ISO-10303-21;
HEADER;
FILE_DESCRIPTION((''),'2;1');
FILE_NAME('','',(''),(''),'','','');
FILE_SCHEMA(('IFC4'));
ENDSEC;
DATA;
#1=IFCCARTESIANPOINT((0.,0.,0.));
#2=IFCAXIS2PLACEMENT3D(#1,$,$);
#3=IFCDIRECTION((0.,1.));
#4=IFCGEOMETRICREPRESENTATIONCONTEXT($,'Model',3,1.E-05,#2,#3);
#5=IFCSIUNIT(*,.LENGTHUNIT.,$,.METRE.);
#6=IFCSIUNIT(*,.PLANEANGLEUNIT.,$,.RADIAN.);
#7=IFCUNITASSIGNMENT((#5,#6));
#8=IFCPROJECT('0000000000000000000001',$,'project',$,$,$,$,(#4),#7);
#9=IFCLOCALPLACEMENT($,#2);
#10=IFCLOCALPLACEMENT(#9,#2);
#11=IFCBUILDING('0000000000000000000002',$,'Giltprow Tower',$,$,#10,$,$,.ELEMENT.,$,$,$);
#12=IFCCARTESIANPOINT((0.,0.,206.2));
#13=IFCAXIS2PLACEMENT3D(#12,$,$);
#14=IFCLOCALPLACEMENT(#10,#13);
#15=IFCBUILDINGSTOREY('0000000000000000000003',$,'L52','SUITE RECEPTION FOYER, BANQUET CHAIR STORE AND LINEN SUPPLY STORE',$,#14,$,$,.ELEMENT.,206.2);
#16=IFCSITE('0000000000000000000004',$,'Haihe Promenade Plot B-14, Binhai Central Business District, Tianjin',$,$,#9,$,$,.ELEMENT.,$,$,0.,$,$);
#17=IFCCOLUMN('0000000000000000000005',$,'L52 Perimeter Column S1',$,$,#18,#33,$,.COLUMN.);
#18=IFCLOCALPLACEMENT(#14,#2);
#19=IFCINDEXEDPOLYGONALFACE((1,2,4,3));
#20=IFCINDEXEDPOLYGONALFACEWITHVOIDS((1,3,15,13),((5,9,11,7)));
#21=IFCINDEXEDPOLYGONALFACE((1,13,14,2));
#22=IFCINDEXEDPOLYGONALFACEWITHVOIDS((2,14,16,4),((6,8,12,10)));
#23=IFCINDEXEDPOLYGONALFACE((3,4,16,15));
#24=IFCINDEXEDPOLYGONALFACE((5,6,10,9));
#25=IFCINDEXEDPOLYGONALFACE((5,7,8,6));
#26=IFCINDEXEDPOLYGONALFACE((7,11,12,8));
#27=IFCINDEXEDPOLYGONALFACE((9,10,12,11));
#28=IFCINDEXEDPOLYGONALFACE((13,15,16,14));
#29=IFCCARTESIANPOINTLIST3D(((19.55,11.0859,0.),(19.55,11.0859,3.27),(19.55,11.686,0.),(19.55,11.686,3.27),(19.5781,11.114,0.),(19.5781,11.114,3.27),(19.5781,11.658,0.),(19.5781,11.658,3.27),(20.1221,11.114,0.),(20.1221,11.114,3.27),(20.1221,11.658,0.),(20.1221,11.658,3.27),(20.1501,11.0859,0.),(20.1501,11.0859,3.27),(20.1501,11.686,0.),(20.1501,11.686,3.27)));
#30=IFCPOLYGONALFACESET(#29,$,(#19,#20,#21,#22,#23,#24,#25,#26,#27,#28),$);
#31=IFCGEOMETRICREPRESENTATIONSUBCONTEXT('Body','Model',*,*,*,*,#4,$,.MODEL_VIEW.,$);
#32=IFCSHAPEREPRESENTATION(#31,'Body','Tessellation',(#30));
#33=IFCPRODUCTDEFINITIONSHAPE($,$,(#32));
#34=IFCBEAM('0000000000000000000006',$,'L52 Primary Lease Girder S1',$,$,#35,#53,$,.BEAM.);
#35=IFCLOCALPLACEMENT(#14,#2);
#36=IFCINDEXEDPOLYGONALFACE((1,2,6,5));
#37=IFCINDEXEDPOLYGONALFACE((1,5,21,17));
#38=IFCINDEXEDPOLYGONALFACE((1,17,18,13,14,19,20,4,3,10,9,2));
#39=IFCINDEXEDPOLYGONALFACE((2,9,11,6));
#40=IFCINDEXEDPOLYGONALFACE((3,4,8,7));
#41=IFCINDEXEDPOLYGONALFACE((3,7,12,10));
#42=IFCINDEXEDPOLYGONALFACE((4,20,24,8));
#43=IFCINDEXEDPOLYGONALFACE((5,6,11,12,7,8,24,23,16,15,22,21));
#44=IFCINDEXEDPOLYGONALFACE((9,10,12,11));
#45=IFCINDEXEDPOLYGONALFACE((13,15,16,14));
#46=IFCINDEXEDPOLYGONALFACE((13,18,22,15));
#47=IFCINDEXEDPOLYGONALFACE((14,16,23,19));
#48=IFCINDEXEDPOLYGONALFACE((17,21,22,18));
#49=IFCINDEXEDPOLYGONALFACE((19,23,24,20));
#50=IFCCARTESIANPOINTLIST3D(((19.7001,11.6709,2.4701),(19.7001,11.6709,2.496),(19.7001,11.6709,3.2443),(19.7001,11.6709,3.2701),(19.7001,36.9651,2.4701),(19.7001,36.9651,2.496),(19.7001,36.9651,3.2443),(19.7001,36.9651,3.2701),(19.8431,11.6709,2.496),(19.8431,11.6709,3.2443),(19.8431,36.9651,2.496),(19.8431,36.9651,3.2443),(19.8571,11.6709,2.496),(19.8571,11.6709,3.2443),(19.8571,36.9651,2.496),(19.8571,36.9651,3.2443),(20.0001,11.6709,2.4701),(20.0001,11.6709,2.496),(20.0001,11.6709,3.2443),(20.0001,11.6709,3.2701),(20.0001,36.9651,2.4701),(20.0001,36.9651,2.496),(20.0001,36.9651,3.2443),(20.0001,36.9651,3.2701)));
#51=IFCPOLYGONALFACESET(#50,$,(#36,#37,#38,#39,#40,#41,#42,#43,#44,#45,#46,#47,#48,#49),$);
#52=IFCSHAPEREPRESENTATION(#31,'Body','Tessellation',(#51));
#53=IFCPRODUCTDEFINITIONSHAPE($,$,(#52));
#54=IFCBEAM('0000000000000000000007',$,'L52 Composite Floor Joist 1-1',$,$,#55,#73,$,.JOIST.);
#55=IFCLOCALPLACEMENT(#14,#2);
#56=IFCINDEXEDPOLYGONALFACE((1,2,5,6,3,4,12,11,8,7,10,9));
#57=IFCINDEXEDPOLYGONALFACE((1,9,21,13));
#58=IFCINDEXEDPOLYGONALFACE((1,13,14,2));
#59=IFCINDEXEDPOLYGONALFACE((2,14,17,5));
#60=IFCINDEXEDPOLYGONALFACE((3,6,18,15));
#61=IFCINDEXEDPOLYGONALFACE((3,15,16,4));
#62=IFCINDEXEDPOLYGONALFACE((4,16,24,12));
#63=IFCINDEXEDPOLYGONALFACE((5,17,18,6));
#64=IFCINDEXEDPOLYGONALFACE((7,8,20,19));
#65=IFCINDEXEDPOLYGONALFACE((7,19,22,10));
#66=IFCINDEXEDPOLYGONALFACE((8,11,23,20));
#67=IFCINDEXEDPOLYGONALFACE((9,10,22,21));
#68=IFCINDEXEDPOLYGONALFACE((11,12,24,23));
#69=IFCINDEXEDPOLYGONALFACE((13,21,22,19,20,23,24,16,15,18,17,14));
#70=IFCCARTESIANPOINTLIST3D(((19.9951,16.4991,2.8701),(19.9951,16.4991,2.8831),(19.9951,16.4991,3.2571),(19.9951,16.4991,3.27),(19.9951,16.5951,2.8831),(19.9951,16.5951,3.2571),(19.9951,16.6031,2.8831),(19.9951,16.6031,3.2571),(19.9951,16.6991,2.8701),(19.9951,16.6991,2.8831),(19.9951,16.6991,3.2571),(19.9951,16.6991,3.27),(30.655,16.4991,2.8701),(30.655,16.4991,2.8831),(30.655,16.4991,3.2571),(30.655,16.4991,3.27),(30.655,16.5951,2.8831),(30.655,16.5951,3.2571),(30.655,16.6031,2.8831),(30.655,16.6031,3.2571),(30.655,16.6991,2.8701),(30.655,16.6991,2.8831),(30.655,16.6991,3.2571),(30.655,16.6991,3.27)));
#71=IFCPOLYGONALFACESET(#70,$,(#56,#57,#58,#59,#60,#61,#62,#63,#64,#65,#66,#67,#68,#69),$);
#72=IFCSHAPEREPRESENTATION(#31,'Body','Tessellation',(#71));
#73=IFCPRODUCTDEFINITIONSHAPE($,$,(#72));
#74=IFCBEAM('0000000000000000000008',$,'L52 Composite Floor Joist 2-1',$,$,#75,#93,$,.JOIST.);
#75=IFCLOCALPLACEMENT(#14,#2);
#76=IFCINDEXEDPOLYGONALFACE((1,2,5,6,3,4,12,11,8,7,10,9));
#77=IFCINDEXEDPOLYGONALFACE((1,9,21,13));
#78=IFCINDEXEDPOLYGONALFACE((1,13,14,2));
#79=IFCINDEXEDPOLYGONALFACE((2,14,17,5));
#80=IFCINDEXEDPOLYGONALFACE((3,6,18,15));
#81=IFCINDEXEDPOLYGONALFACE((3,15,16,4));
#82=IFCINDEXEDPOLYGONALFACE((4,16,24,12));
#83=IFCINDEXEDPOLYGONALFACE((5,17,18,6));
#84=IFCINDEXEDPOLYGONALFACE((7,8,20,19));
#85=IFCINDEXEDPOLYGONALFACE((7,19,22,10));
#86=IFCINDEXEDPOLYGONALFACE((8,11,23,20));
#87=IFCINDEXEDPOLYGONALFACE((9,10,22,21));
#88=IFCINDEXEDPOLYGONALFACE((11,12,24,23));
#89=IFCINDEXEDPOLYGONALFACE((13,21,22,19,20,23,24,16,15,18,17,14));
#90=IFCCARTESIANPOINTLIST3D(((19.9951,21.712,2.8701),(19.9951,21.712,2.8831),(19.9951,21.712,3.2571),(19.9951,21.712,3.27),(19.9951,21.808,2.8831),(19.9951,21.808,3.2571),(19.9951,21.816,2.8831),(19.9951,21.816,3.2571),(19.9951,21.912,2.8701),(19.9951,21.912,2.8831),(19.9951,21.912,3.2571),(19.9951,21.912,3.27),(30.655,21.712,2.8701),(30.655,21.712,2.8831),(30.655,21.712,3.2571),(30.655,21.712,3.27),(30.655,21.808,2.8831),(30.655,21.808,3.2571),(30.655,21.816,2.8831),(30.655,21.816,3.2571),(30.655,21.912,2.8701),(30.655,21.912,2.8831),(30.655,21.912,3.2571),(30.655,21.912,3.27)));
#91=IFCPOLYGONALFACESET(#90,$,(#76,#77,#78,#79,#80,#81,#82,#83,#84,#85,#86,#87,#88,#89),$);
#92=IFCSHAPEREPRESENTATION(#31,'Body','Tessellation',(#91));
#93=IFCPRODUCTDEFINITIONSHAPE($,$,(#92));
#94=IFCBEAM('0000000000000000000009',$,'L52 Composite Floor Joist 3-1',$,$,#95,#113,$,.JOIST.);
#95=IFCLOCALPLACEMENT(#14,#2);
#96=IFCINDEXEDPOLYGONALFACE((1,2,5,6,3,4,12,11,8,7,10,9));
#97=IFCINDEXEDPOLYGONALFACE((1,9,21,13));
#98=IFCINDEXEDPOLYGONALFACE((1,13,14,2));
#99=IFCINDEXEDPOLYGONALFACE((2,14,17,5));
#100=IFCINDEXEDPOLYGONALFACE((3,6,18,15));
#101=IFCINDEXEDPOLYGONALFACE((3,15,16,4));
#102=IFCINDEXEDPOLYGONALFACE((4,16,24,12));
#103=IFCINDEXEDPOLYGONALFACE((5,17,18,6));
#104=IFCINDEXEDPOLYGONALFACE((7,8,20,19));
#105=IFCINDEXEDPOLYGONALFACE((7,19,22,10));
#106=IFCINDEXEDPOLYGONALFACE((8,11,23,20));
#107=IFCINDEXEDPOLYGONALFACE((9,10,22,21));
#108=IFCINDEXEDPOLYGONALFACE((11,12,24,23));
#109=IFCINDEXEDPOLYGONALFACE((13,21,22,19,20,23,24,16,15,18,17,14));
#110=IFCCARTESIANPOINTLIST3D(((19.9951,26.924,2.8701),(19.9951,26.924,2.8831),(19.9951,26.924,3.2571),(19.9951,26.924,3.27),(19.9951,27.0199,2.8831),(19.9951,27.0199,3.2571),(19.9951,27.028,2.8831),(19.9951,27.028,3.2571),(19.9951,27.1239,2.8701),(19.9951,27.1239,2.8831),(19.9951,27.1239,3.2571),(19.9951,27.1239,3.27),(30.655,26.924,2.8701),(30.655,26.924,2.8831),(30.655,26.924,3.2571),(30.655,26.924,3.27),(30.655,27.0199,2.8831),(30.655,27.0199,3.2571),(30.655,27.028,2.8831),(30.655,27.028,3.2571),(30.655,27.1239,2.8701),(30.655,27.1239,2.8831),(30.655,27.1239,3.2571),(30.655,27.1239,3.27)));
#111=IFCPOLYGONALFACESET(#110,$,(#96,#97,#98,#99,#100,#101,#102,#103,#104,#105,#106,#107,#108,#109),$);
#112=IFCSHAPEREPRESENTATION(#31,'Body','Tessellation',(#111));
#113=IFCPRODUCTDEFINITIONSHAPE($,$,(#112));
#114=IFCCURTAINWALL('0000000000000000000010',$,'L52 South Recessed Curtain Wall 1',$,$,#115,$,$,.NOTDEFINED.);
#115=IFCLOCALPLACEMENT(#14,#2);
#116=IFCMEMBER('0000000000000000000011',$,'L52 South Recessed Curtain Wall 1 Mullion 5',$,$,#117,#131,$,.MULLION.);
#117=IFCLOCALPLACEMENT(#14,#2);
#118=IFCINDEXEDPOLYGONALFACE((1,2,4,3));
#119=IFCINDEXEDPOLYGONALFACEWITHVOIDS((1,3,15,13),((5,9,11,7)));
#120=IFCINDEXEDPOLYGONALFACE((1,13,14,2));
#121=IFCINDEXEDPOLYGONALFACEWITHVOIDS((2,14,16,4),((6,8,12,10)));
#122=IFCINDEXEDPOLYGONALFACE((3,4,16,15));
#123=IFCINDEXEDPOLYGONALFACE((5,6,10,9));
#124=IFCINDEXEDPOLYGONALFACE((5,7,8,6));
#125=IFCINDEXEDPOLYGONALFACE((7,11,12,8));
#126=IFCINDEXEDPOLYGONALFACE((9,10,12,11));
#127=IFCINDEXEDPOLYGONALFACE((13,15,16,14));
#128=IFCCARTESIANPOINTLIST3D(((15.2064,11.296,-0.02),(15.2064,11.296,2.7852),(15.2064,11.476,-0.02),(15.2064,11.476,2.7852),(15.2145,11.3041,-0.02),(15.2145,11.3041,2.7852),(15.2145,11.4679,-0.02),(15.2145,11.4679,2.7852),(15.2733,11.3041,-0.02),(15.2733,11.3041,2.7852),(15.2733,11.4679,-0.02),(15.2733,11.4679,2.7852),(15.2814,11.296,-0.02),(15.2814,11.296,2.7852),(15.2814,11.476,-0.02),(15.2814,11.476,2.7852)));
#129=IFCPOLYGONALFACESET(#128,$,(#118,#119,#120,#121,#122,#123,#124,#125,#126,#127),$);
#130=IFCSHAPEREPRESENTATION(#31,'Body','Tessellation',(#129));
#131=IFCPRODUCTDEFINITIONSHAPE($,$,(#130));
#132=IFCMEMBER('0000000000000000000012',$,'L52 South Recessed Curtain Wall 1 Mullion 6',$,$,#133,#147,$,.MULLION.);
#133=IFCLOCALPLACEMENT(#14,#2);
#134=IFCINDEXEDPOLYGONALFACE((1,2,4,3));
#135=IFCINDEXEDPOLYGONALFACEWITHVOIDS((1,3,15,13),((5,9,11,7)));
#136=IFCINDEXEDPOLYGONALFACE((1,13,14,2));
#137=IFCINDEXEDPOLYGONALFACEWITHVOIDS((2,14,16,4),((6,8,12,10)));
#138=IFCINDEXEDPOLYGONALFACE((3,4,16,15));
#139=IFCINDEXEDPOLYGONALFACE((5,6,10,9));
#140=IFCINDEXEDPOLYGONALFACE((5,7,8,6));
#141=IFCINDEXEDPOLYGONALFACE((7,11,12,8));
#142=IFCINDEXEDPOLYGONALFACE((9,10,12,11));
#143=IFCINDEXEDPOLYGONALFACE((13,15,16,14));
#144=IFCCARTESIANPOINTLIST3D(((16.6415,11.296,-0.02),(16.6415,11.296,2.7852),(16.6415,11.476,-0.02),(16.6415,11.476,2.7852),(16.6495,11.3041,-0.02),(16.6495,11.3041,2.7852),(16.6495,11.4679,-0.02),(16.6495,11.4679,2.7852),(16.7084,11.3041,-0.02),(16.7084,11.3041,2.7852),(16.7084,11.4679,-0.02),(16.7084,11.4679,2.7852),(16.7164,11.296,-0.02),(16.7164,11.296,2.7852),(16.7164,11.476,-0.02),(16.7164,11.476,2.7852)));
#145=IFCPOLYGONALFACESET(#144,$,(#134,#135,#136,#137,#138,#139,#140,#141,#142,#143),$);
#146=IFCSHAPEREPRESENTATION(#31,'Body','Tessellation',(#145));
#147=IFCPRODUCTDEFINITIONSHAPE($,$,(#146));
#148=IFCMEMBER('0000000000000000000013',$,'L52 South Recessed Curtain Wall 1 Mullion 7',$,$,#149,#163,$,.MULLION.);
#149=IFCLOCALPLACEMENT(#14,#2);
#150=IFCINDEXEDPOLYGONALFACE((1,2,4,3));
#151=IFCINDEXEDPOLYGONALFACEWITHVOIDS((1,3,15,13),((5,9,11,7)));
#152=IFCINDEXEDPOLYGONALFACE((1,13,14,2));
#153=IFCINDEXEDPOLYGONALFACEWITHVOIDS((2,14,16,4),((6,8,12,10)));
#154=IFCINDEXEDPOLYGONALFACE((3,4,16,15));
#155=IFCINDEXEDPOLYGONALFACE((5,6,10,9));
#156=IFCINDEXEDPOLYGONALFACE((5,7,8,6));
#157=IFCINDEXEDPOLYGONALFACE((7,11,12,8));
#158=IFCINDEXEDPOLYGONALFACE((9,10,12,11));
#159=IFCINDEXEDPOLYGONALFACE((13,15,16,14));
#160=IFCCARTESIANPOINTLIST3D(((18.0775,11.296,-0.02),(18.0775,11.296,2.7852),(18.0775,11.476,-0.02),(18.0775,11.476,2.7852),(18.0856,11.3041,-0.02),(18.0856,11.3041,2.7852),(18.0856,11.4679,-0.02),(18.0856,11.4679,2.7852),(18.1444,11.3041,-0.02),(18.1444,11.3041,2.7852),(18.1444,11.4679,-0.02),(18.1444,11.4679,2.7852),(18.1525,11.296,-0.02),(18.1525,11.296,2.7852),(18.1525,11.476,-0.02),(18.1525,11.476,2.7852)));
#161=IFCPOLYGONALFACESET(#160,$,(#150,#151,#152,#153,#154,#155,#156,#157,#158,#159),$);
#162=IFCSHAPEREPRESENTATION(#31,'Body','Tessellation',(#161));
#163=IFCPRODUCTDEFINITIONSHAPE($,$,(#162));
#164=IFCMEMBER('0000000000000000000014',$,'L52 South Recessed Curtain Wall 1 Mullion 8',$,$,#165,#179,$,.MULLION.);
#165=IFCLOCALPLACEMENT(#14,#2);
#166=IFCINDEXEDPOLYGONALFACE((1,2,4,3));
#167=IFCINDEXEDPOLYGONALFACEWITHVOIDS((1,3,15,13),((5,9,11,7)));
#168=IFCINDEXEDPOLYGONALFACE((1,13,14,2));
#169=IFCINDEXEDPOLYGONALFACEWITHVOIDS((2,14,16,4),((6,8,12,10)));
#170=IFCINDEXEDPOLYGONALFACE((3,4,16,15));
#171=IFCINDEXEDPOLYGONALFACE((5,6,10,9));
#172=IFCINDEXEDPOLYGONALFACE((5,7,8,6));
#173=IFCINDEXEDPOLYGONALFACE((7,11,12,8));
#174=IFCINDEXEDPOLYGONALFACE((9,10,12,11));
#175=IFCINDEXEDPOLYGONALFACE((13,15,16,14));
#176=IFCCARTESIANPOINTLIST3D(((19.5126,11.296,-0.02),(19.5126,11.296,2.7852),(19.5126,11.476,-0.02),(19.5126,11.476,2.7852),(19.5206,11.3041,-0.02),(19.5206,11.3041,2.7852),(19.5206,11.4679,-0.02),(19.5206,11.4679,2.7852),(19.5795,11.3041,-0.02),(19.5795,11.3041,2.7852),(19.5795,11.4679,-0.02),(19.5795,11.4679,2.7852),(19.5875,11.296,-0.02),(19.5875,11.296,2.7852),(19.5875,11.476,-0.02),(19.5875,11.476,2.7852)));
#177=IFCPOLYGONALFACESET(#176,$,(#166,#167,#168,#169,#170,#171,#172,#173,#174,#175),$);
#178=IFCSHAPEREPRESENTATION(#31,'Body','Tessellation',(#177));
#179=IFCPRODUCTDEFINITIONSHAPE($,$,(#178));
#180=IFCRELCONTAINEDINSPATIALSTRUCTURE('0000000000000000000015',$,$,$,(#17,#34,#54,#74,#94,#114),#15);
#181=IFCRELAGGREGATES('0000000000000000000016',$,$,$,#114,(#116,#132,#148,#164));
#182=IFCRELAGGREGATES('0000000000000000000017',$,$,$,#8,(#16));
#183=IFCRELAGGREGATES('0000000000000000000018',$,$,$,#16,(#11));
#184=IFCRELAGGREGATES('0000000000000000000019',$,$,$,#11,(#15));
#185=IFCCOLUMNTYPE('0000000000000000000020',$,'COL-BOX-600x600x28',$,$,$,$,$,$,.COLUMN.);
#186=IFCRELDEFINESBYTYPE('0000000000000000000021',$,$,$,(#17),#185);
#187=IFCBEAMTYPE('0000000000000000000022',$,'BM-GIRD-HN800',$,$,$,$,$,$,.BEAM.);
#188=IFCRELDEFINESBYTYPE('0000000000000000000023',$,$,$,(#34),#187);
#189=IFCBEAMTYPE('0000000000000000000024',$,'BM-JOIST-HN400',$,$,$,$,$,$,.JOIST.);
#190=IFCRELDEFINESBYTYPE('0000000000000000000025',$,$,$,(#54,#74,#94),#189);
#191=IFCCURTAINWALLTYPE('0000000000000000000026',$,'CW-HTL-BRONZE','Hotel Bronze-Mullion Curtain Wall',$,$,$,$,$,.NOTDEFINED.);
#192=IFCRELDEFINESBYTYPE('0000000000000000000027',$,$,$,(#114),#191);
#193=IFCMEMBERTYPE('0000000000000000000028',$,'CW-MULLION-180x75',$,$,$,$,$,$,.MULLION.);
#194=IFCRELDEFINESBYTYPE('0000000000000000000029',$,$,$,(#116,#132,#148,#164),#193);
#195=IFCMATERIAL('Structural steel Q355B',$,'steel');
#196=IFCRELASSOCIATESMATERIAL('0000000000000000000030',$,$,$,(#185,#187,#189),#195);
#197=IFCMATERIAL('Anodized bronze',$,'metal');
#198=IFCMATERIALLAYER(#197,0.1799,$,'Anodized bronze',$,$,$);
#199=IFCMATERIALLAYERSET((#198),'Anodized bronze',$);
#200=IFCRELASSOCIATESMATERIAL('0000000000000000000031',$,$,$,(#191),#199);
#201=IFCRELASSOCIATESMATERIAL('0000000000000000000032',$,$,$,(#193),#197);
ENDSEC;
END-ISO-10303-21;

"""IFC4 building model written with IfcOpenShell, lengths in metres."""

from ifc_helpers import new_model, si_unit, direction, frame, origin, origin_2d, place, context, subcontext, project, spatial, hollow_rectangle, i_section, extrude, source, transform, mapped, material, layer, layer_set, material_profile, profile_set, type_object, element, aggregate, save


model = new_model("IFC4")

# Units and contexts
model_context = context("Model", 3, precision=1e-05, world=origin(), true_north=direction((0.0, 1.0)))
body_context = subcontext(model_context, "Body", "Model", "MODEL_VIEW")
ifc_project = project(units=[si_unit("LENGTHUNIT", "METRE"), si_unit("PLANEANGLEUNIT", "RADIAN")], contexts=[model_context])

# Site, building, storey
site_placement = place(None, origin())
site = spatial("IfcSite", under=ifc_project, at=site_placement, Name="Haihe Promenade Plot B-14, Binhai Central Business District, Tianjin", CompositionType="ELEMENT", RefElevation=0.0)
building_placement = place(site_placement, origin())
building = spatial("IfcBuilding", under=site, at=building_placement, Name="Giltprow Tower", CompositionType="ELEMENT")
storey_placement = place(building_placement, frame((0.0, 0.0, 206.2)))
storey = spatial("IfcBuildingStorey", under=building, at=storey_placement, Name="L52", Description="SUITE RECEPTION FOYER, BANQUET CHAIR STORE AND LINEN SUPPLY STORE", CompositionType="ELEMENT", Elevation=206.2)

# Column
ifc_material_1 = material(Name="Structural steel Q355B", Category="steel")
ifc_material_profile_1 = material_profile(ifc_material_1, hollow_rectangle(XDim=0.6001, YDim=0.6001, WallThickness=0.0281, at=origin_2d()), Name="BOX 600x600x28")
ifc_profile_set_1 = profile_set([ifc_material_profile_1], Name="Structural steel Q355B")
column_type = type_object("IfcColumnType", Name="COL-BOX-600x600x28", PredefinedType="COLUMN", material=ifc_profile_set_1)
shared_shape_1 = source(origin(), body_context, "Body", "SweptSolid", [
    extrude(hollow_rectangle(XDim=0.6001, YDim=0.6001, WallThickness=0.0281, at=origin_2d()), origin(), (0.0, 0.0, 1.0), 3.27),
])
column_placement = place(storey_placement, frame((19.8501, 11.386, 0.0), z_axis=(0.0, 0.0, 1.0), x_axis=(1.0, 0.0, 0.0)))
element("IfcColumn", 1, at=column_placement, inside=storey, type_object=column_type, Name="L52 Perimeter Column S1", PredefinedType="COLUMN", context=body_context, shape_type="MappedRepresentation", body=[
    mapped(shared_shape_1, transform((0.0, 0.0, 0.0), x_axis=(1.0, 0.0, 0.0), y_axis=(0.0, 1.0, 0.0), z_axis=(0.0, 0.0, 1.0), scale=1.0)),
])

# Beams
ifc_material_profile_2 = material_profile(ifc_material_1, i_section(OverallWidth=0.3, OverallDepth=0.8, WebThickness=0.0139, FlangeThickness=0.0259, at=origin_2d()), Name="HN 800x300x14x26")
ifc_profile_set_2 = profile_set([ifc_material_profile_2], Name="Structural steel Q355B")
beam_type_1 = type_object("IfcBeamType", Name="BM-GIRD-HN800", PredefinedType="BEAM", material=ifc_profile_set_2)
shared_shape_2 = source(origin(), body_context, "Body", "SweptSolid", [
    extrude(i_section(OverallWidth=0.3, OverallDepth=0.8, WebThickness=0.0139, FlangeThickness=0.0259, at=origin_2d()), origin(), (0.0, 0.0, 1.0), 25.2942),
])
beam_placement = place(storey_placement, frame((19.8501, 11.6709, 2.8701), z_axis=(0.0, 1.0, 0.0), x_axis=(-1.0, 0.0, 0.0)))
element("IfcBeam", 2, at=beam_placement, inside=storey, type_object=beam_type_1, Name="L52 Primary Lease Girder S1", PredefinedType="BEAM", context=body_context, shape_type="MappedRepresentation", body=[
    mapped(shared_shape_2, transform((0.0, 0.0, 0.0), x_axis=(1.0, 0.0, 0.0), y_axis=(0.0, 1.0, 0.0), z_axis=(0.0, 0.0, 1.0), scale=1.0)),
])
ifc_material_profile_3 = material_profile(ifc_material_1, i_section(OverallWidth=0.2, OverallDepth=0.3999, WebThickness=0.0081, FlangeThickness=0.0129, at=origin_2d()), Name="HN 400x200x8x13")
ifc_profile_set_3 = profile_set([ifc_material_profile_3], Name="Structural steel Q355B")
beam_type_2 = type_object("IfcBeamType", Name="BM-JOIST-HN400", PredefinedType="JOIST", material=ifc_profile_set_3)
shared_shape_3 = source(origin(), body_context, "Body", "SweptSolid", [
    extrude(i_section(OverallWidth=0.2, OverallDepth=0.3999, WebThickness=0.0081, FlangeThickness=0.0129, at=origin_2d()), origin(), (0.0, 0.0, 1.0), 10.6599),
])
for number, where, z_axis, x_axis, name in (
    (3, (19.9951, 16.5991, 3.0701), (1.0, 0.0, 0.0), (0.0, 1.0, 0.0), "L52 Composite Floor Joist 1-1"),
    (4, (19.9951, 21.812, 3.0701), (1.0, 0.0, 0.0), (0.0, 1.0, 0.0), "L52 Composite Floor Joist 2-1"),
    (5, (19.9951, 27.0239, 3.0701), (1.0, 0.0, 0.0), (0.0, 1.0, 0.0), "L52 Composite Floor Joist 3-1"),
):
    element("IfcBeam", number, at=place(storey_placement, frame(where, z_axis=z_axis, x_axis=x_axis)), inside=storey, type_object=beam_type_2, Name=name, PredefinedType="JOIST", context=body_context, shape_type="MappedRepresentation", body=[
        mapped(shared_shape_3, transform((0.0, 0.0, 0.0), x_axis=(1.0, 0.0, 0.0), y_axis=(0.0, 1.0, 0.0), z_axis=(0.0, 0.0, 1.0), scale=1.0)),
    ])

# Curtain wall, members
ifc_material_2 = material(Name="Anodized bronze", Category="metal")
ifc_layer = layer(ifc_material_2, 0.1799, Name="Anodized bronze")
ifc_layer_set = layer_set([ifc_layer], Name="Anodized bronze")
curtain_wall_type = type_object("IfcCurtainWallType", Name="CW-HTL-BRONZE", Description="Hotel Bronze-Mullion Curtain Wall", PredefinedType="NOTDEFINED", material=ifc_layer_set)
curtain_wall_placement = place(storey_placement, origin())
curtain_wall = element("IfcCurtainWall", 6, at=curtain_wall_placement, inside=storey, type_object=curtain_wall_type, Name="L52 South Recessed Curtain Wall 1", PredefinedType="NOTDEFINED")
ifc_material_profile_4 = material_profile(ifc_material_2, hollow_rectangle(XDim=0.075, YDim=0.1799, WallThickness=0.0081, at=origin_2d()), Name="RHS 180x75x8")
ifc_profile_set_4 = profile_set([ifc_material_profile_4], Name="Anodized bronze")
member_type = type_object("IfcMemberType", Name="CW-MULLION-180x75", PredefinedType="MULLION", material=ifc_profile_set_4)
shared_shape_4 = source(origin(), body_context, "Body", "SweptSolid", [
    extrude(hollow_rectangle(XDim=0.075, YDim=0.1799, WallThickness=0.0081, at=origin_2d()), origin(), (0.0, 0.0, 1.0), 2.8052),
])
member_1_placement = place(storey_placement, frame((15.2439, 11.386, -0.02), z_axis=(0.0, 0.0, 1.0), x_axis=(1.0, 0.0, 0.0)))
member_1 = element("IfcMember", 7, at=member_1_placement, type_object=member_type, Name="L52 South Recessed Curtain Wall 1 Mullion 5", PredefinedType="MULLION", context=body_context, shape_type="MappedRepresentation", body=[
    mapped(shared_shape_4, transform((0.0, 0.0, 0.0), x_axis=(1.0, 0.0, 0.0), y_axis=(0.0, 1.0, 0.0), z_axis=(0.0, 0.0, 1.0), scale=1.0)),
])
member_2_placement = place(storey_placement, frame((16.679, 11.386, -0.02), z_axis=(0.0, 0.0, 1.0), x_axis=(1.0, 0.0, 0.0)))
member_2 = element("IfcMember", 8, at=member_2_placement, type_object=member_type, Name="L52 South Recessed Curtain Wall 1 Mullion 6", PredefinedType="MULLION", context=body_context, shape_type="MappedRepresentation", body=[
    mapped(shared_shape_4, transform((0.0, 0.0, 0.0), x_axis=(1.0, 0.0, 0.0), y_axis=(0.0, 1.0, 0.0), z_axis=(0.0, 0.0, 1.0), scale=1.0)),
])
member_3_placement = place(storey_placement, frame((18.115, 11.386, -0.02), z_axis=(0.0, 0.0, 1.0), x_axis=(1.0, 0.0, 0.0)))
member_3 = element("IfcMember", 9, at=member_3_placement, type_object=member_type, Name="L52 South Recessed Curtain Wall 1 Mullion 7", PredefinedType="MULLION", context=body_context, shape_type="MappedRepresentation", body=[
    mapped(shared_shape_4, transform((0.0, 0.0, 0.0), x_axis=(1.0, 0.0, 0.0), y_axis=(0.0, 1.0, 0.0), z_axis=(0.0, 0.0, 1.0), scale=1.0)),
])
member_4_placement = place(storey_placement, frame((19.55, 11.386, -0.02), z_axis=(0.0, 0.0, 1.0), x_axis=(1.0, 0.0, 0.0)))
member_4 = element("IfcMember", 10, at=member_4_placement, type_object=member_type, Name="L52 South Recessed Curtain Wall 1 Mullion 8", PredefinedType="MULLION", context=body_context, shape_type="MappedRepresentation", body=[
    mapped(shared_shape_4, transform((0.0, 0.0, 0.0), x_axis=(1.0, 0.0, 0.0), y_axis=(0.0, 1.0, 0.0), z_axis=(0.0, 0.0, 1.0), scale=1.0)),
])
aggregate(curtain_wall, [member_1, member_2, member_3, member_4])

save(model, "model.ifc")
